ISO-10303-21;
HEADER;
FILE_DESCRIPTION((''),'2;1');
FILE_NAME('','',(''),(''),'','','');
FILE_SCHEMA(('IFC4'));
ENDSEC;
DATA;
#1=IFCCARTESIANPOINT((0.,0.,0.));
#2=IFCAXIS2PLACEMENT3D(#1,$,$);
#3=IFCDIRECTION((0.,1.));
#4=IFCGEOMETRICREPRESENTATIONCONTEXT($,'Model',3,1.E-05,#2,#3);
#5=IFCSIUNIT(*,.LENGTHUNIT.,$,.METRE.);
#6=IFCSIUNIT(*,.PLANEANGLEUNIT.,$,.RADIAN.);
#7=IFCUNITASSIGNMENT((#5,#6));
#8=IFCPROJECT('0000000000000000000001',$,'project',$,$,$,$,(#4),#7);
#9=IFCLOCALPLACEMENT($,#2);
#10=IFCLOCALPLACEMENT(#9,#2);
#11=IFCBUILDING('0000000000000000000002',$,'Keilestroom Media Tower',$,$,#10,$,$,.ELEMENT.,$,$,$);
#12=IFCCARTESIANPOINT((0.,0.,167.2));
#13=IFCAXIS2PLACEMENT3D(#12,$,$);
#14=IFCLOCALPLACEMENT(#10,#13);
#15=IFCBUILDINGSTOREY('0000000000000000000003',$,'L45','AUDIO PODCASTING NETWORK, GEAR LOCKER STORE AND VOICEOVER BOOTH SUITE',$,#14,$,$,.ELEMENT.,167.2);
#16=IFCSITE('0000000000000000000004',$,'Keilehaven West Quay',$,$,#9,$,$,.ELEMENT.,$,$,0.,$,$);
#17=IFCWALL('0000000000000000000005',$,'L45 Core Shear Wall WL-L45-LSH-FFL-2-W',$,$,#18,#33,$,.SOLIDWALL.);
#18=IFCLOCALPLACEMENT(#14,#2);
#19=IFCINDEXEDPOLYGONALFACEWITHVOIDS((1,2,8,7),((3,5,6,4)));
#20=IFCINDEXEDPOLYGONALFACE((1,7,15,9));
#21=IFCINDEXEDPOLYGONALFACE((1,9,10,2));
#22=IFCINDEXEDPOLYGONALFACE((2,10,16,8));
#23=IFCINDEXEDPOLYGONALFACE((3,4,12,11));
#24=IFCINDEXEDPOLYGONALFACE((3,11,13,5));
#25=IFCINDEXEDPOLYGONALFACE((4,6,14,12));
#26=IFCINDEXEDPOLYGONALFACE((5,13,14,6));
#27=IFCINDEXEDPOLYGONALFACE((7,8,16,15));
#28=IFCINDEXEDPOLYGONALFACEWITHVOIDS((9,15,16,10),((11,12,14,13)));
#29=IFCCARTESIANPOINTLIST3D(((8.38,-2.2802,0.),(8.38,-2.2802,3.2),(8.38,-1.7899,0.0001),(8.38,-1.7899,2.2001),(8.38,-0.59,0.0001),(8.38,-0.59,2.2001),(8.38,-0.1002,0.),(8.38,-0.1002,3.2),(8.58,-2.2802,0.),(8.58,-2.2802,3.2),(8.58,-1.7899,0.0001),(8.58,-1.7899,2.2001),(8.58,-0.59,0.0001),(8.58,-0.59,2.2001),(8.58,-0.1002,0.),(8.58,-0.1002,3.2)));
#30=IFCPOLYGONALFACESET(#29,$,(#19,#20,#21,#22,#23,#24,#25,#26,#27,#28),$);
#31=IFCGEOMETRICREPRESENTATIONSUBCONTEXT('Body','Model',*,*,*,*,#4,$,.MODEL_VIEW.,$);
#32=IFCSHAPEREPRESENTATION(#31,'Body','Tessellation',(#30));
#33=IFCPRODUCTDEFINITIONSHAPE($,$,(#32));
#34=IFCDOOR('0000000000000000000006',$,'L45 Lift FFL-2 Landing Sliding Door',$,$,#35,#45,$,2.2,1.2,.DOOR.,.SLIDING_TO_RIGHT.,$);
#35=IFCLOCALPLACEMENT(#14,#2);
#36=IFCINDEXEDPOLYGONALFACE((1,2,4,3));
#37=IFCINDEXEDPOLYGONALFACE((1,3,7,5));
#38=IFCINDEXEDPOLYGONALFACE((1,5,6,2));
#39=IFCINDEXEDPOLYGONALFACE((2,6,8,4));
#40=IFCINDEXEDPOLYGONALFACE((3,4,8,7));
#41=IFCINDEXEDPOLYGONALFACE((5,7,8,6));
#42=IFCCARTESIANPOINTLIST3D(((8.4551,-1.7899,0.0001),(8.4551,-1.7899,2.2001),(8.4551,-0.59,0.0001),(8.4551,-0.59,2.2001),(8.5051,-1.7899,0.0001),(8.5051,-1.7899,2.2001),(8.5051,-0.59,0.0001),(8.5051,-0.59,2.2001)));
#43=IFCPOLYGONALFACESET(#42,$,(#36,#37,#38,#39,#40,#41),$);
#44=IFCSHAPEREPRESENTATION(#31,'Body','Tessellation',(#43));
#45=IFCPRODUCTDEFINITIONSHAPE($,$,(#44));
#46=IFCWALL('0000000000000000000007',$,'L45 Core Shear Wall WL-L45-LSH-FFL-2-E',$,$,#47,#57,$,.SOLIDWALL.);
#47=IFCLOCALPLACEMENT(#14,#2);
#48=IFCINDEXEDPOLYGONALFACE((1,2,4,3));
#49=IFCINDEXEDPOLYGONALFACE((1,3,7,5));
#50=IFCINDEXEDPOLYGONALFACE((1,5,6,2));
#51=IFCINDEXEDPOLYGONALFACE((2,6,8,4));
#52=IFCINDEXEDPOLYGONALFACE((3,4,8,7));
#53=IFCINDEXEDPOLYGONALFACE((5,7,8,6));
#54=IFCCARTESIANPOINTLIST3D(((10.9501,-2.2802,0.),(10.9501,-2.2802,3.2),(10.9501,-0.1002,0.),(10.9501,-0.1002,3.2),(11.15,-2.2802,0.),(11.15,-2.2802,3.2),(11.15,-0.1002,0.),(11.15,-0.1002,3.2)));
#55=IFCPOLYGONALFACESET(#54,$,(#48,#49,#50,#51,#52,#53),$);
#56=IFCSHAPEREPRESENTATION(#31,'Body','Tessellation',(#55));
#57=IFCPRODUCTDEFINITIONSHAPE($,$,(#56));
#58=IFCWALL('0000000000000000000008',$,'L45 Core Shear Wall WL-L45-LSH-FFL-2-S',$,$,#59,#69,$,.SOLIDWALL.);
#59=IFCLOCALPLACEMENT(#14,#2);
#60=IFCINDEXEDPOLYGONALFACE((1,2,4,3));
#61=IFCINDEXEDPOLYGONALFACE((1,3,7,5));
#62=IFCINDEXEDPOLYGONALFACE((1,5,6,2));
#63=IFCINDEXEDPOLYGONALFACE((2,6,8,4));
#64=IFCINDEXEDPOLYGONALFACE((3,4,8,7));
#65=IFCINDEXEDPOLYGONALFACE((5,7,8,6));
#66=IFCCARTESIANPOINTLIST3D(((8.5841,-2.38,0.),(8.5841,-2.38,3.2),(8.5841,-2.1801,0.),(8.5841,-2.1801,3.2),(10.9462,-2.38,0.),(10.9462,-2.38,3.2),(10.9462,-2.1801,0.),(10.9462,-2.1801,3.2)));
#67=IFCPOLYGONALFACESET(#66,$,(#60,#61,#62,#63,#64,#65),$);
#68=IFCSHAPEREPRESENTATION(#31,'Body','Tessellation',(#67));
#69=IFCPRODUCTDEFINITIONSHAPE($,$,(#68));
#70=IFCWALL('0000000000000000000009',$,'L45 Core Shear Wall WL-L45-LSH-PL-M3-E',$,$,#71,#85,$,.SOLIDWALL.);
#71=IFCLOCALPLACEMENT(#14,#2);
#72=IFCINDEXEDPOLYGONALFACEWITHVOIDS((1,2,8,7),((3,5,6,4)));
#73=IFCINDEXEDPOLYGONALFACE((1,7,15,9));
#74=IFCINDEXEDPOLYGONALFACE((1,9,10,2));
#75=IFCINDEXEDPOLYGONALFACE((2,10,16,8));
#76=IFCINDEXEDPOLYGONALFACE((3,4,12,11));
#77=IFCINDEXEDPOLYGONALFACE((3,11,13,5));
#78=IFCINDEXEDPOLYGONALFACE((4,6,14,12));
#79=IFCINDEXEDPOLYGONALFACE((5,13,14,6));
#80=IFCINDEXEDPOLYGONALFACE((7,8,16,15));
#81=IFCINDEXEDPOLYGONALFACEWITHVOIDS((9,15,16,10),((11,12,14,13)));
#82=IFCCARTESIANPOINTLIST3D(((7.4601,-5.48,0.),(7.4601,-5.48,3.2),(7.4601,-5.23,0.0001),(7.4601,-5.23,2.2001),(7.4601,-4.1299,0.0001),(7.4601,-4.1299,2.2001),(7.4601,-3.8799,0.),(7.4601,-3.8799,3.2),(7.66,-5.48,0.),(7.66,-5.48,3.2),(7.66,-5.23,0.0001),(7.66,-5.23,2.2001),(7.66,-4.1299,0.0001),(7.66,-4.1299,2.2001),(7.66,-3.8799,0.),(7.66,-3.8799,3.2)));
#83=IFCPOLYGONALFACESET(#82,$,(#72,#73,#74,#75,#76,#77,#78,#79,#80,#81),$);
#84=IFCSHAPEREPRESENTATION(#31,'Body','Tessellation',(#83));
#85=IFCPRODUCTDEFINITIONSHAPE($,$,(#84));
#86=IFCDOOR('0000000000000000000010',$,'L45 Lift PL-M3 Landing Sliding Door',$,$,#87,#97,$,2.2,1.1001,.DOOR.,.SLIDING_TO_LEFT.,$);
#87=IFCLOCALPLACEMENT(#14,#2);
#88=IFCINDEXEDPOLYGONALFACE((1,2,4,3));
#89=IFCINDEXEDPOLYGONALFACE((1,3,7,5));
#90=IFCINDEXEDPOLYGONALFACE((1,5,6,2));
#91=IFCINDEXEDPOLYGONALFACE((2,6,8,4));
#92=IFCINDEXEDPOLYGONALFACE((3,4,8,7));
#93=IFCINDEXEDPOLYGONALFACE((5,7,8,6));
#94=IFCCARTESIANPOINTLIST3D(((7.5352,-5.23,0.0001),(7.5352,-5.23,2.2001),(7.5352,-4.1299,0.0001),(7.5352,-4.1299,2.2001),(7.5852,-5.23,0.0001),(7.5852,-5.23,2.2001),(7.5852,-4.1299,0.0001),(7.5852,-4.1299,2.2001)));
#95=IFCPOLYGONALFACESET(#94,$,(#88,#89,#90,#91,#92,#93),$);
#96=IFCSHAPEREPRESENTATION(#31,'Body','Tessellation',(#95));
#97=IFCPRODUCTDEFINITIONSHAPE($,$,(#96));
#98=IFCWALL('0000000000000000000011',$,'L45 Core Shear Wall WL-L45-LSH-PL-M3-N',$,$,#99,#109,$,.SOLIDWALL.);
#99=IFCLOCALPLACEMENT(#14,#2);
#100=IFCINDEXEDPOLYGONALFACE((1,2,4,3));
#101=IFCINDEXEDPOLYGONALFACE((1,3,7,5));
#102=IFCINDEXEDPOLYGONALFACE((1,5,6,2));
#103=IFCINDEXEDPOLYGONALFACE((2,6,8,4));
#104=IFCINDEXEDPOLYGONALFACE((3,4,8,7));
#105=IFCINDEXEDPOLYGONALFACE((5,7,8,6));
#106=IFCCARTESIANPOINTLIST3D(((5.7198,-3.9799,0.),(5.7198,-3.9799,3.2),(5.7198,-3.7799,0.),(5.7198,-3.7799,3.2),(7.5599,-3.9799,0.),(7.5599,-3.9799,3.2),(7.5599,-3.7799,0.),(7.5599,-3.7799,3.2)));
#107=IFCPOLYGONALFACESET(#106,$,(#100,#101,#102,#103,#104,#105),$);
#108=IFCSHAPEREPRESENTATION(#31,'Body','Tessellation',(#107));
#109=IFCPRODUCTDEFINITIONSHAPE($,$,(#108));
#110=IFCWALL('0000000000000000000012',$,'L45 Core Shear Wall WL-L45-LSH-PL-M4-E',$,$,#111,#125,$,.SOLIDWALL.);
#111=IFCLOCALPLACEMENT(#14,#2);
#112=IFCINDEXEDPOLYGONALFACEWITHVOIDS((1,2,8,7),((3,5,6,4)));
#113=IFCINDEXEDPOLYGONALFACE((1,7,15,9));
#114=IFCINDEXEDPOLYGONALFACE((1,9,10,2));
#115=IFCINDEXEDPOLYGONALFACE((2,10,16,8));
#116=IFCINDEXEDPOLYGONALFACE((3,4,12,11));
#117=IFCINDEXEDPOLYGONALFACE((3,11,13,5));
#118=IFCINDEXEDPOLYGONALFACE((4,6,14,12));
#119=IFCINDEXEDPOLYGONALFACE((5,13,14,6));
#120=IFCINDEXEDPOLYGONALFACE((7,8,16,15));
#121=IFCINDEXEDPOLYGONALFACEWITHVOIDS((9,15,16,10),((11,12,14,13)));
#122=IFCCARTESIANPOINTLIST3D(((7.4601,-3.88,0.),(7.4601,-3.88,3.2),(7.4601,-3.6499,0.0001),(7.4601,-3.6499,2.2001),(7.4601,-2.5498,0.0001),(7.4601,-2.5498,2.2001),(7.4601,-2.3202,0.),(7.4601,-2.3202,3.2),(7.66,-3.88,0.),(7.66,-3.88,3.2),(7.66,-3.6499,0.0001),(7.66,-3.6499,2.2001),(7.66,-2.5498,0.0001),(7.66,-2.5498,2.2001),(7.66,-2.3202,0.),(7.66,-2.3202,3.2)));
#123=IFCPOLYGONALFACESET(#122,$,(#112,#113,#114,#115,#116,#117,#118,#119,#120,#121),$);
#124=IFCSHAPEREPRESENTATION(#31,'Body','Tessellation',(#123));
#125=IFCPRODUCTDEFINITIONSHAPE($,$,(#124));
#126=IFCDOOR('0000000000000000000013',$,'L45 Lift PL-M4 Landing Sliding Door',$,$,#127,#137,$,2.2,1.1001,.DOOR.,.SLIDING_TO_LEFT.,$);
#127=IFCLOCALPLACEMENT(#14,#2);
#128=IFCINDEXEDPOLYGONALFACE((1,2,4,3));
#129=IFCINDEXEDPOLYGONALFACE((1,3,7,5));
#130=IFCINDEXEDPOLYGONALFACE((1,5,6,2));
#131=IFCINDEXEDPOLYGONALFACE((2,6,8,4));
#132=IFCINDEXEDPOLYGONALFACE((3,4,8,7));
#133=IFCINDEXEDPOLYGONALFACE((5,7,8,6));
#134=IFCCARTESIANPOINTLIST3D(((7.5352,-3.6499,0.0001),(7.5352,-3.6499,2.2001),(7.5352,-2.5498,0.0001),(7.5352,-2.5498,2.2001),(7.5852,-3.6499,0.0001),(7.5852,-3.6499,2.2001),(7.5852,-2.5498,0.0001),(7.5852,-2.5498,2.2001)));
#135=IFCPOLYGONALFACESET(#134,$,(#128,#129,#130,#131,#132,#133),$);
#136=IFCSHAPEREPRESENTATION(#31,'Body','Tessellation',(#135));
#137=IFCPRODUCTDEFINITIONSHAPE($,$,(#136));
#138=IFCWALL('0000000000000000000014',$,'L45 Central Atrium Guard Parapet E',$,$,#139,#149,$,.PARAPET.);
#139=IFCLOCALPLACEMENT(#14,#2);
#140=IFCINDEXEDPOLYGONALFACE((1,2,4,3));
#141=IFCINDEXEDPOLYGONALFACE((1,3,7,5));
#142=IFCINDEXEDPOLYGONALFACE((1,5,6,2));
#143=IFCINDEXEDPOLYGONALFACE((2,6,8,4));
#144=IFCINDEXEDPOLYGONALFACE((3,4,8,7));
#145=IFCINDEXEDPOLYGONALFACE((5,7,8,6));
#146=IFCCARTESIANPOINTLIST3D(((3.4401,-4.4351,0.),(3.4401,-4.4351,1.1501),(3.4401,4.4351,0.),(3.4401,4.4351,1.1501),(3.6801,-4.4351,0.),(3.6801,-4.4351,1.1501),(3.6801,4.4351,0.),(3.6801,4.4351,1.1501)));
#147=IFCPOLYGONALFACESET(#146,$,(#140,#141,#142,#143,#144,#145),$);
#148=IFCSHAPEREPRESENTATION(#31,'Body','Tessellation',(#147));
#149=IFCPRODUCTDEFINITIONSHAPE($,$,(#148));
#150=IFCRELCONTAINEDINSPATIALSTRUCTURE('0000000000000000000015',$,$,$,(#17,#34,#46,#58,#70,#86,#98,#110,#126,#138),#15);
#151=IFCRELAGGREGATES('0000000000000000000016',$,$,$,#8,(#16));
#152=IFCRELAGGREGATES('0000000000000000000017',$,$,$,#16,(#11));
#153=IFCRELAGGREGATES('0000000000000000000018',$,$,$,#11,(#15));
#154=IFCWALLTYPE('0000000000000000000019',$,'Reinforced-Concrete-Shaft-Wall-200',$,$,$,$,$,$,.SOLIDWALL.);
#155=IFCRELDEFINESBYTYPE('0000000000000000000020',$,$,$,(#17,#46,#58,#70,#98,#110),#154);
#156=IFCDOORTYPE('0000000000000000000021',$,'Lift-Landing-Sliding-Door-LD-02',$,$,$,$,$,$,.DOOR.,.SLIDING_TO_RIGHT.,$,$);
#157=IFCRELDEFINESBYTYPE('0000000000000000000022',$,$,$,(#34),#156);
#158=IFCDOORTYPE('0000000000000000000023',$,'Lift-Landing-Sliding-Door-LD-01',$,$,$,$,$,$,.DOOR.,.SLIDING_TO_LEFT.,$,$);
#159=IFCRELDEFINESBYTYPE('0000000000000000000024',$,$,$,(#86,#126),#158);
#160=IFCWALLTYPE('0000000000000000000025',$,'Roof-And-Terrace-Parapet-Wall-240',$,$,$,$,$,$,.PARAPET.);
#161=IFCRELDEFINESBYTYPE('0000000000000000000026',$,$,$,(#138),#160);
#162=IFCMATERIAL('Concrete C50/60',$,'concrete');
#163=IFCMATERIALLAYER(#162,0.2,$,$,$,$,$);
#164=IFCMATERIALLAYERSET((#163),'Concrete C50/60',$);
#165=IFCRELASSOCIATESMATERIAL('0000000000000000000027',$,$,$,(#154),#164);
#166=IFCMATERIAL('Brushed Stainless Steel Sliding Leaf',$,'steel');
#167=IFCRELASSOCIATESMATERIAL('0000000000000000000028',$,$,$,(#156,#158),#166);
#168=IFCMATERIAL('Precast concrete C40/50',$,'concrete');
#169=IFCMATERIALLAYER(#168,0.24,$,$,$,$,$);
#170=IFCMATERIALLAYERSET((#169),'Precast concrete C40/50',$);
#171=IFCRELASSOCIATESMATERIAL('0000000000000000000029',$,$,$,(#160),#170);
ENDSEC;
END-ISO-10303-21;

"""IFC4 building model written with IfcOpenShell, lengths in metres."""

from ifc_helpers import new_model, si_unit, direction, frame, frame_2d, origin, place, context, subcontext, project, spatial, rectangle, extrude, source, transform, mapped, material, layer, layer_set, type_object, element, fill, save


model = new_model("IFC4")

# Units and contexts
model_context = context("Model", 3, precision=1e-05, world=origin(), true_north=direction((0.0, 1.0)))
body_context = subcontext(model_context, "Body", "Model", "MODEL_VIEW")
ifc_project = project(units=[si_unit("LENGTHUNIT", "METRE"), si_unit("PLANEANGLEUNIT", "RADIAN")], contexts=[model_context])

# Site, building, storey
site_placement = place(None, origin())
site = spatial("IfcSite", under=ifc_project, at=site_placement, Name="Keilehaven West Quay", CompositionType="ELEMENT", RefElevation=0.0)
building_placement = place(site_placement, origin())
building = spatial("IfcBuilding", under=site, at=building_placement, Name="Keilestroom Media Tower", CompositionType="ELEMENT")
storey_placement = place(building_placement, frame((0.0, 0.0, 167.2)))
storey = spatial("IfcBuildingStorey", under=building, at=storey_placement, Name="L45", Description="AUDIO PODCASTING NETWORK, GEAR LOCKER STORE AND VOICEOVER BOOTH SUITE", CompositionType="ELEMENT", Elevation=167.2)

# Shared definitions
shared_shape_1 = source(origin(), body_context, "Body", "SweptSolid", [
    extrude(rectangle(XDim=1.2, YDim=2.2, at=frame_2d((0.6001, 1.1001))), frame((0.0, 0.0249, 0.0), z_axis=(0.0, -1.0, 0.0), x_axis=(1.0, 0.0, 0.0)), (0.0, 0.0, 1.0), 0.05),
])

# Shared definitions
ifc_material_1 = material(Name="Concrete C50/60", Category="concrete")
ifc_layer_1 = layer(ifc_material_1, 0.2)
ifc_layer_set_1 = layer_set([ifc_layer_1], Name="Concrete C50/60")
wall_type_1 = type_object("IfcWallType", Name="Reinforced-Concrete-Shaft-Wall-200", PredefinedType="SOLIDWALL", material=ifc_layer_set_1)

# Wall, opening, door
wall_1_placement = place(storey_placement, frame((8.48, -2.28, 0.0), z_axis=(0.0, 0.0, 1.0), x_axis=(0.0, 1.0, 0.0)))
wall_1 = element("IfcWall", 1, at=wall_1_placement, inside=storey, type_object=wall_type_1, Name="L45 Core Shear Wall WL-L45-LSH-FFL-2-W", PredefinedType="SOLIDWALL", context=body_context, shape_type="SweptSolid", body=[
    extrude(rectangle(XDim=2.1799, YDim=0.2, at=frame_2d((1.0898, 0.0))), origin(), (0.0, 0.0, 1.0), 3.2),
])
opening_1_placement = place(wall_1_placement, frame((0.49, 0.0, 0.0)))
opening_1 = element("IfcOpeningElement", 2, at=opening_1_placement, cuts=wall_1, PredefinedType="OPENING", context=body_context, shape_type="SweptSolid", body=[
    extrude(rectangle(XDim=1.2, YDim=2.2, at=frame_2d((0.6001, 1.1001))), frame((0.0, 0.1099, 0.0), z_axis=(0.0, -1.0, 0.0), x_axis=(1.0, 0.0, 0.0)), (0.0, 0.0, 1.0), 0.22),
])
ifc_material_2 = material(Name="Brushed Stainless Steel Sliding Leaf", Category="steel")
door_type_1 = type_object("IfcDoorType", Name="Lift-Landing-Sliding-Door-LD-02", OperationType="SLIDING_TO_RIGHT", PredefinedType="DOOR", material=ifc_material_2)
door_1_placement = place(opening_1_placement, origin())
door_1 = element("IfcDoor", 3, at=door_1_placement, inside=storey, type_object=door_type_1, Name="L45 Lift FFL-2 Landing Sliding Door", OperationType="SLIDING_TO_RIGHT", OverallHeight=2.2, OverallWidth=1.2, PredefinedType="DOOR", context=body_context, shape_type="MappedRepresentation", body=[
    mapped(shared_shape_1, transform((0.0, 0.0, 0.0), x_axis=(1.0, 0.0, 0.0), y_axis=(0.0, 1.0, 0.0), z_axis=(0.0, 0.0, 1.0), scale=1.0)),
])
fill(opening_1, door_1)

# Walls
wall_2_placement = place(storey_placement, frame((11.05, -2.28, 0.0), z_axis=(0.0, 0.0, 1.0), x_axis=(0.0, 1.0, 0.0)))
element("IfcWall", 4, at=wall_2_placement, inside=storey, type_object=wall_type_1, Name="L45 Core Shear Wall WL-L45-LSH-FFL-2-E", PredefinedType="SOLIDWALL", context=body_context, shape_type="SweptSolid", body=[
    extrude(rectangle(XDim=2.1799, YDim=0.2, at=frame_2d((1.0898, 0.0))), origin(), (0.0, 0.0, 1.0), 3.2),
])
wall_3_placement = place(storey_placement, frame((8.584, -2.28, 0.0), z_axis=(0.0, 0.0, 1.0), x_axis=(1.0, 0.0, 0.0)))
element("IfcWall", 5, at=wall_3_placement, inside=storey, type_object=wall_type_1, Name="L45 Core Shear Wall WL-L45-LSH-FFL-2-S", PredefinedType="SOLIDWALL", context=body_context, shape_type="SweptSolid", body=[
    extrude(rectangle(XDim=2.3621, YDim=0.2, at=frame_2d((1.1812, 0.0))), origin(), (0.0, 0.0, 1.0), 3.2),
])

# Wall, opening, door
wall_4_placement = place(storey_placement, frame((7.5601, -5.48, 0.0), z_axis=(0.0, 0.0, 1.0), x_axis=(0.0, 1.0, 0.0)))
wall_4 = element("IfcWall", 6, at=wall_4_placement, inside=storey, type_object=wall_type_1, Name="L45 Core Shear Wall WL-L45-LSH-PL-M3-E", PredefinedType="SOLIDWALL", context=body_context, shape_type="SweptSolid", body=[
    extrude(rectangle(XDim=1.6001, YDim=0.2, at=frame_2d((0.8, 0.0))), origin(), (0.0, 0.0, 1.0), 3.2),
])
opening_2_placement = place(wall_4_placement, frame((0.25, 0.0, 0.0)))
opening_2 = element("IfcOpeningElement", 7, at=opening_2_placement, cuts=wall_4, PredefinedType="OPENING", context=body_context, shape_type="SweptSolid", body=[
    extrude(rectangle(XDim=1.1001, YDim=2.2, at=frame_2d((0.55, 1.1001))), frame((0.0, 0.1099, 0.0), z_axis=(0.0, -1.0, 0.0), x_axis=(1.0, 0.0, 0.0)), (0.0, 0.0, 1.0), 0.22),
])
door_type_2 = type_object("IfcDoorType", Name="Lift-Landing-Sliding-Door-LD-01", OperationType="SLIDING_TO_LEFT", PredefinedType="DOOR", material=ifc_material_2)
shared_shape_2 = source(origin(), body_context, "Body", "SweptSolid", [
    extrude(rectangle(XDim=1.1001, YDim=2.2, at=frame_2d((0.55, 1.1001))), frame((0.0, 0.0249, 0.0), z_axis=(0.0, -1.0, 0.0), x_axis=(1.0, 0.0, 0.0)), (0.0, 0.0, 1.0), 0.05),
])
door_2_placement = place(opening_2_placement, origin())
door_2 = element("IfcDoor", 8, at=door_2_placement, inside=storey, type_object=door_type_2, Name="L45 Lift PL-M3 Landing Sliding Door", OperationType="SLIDING_TO_LEFT", OverallHeight=2.2, OverallWidth=1.1001, PredefinedType="DOOR", context=body_context, shape_type="MappedRepresentation", body=[
    mapped(shared_shape_2, transform((0.0, 0.0, 0.0), x_axis=(1.0, 0.0, 0.0), y_axis=(0.0, 1.0, 0.0), z_axis=(0.0, 0.0, 1.0), scale=1.0)),
])
fill(opening_2, door_2)

# Wall
wall_5_placement = place(storey_placement, frame((5.72, -3.8799, 0.0), z_axis=(0.0, 0.0, 1.0), x_axis=(1.0, 0.0, 0.0)))
element("IfcWall", 9, at=wall_5_placement, inside=storey, type_object=wall_type_1, Name="L45 Core Shear Wall WL-L45-LSH-PL-M3-N", PredefinedType="SOLIDWALL", context=body_context, shape_type="SweptSolid", body=[
    extrude(rectangle(XDim=1.8401, YDim=0.2, at=frame_2d((0.9199, 0.0))), origin(), (0.0, 0.0, 1.0), 3.2),
])

# Wall, opening, door
wall_6_placement = place(storey_placement, frame((7.5601, -3.8799, 0.0), z_axis=(0.0, 0.0, 1.0), x_axis=(0.0, 1.0, 0.0)))
wall_6 = element("IfcWall", 10, at=wall_6_placement, inside=storey, type_object=wall_type_1, Name="L45 Core Shear Wall WL-L45-LSH-PL-M4-E", PredefinedType="SOLIDWALL", context=body_context, shape_type="SweptSolid", body=[
    extrude(rectangle(XDim=1.5598, YDim=0.2, at=frame_2d((0.7798, 0.0))), origin(), (0.0, 0.0, 1.0), 3.2),
])
opening_3_placement = place(wall_6_placement, frame((0.23, 0.0, 0.0)))
opening_3 = element("IfcOpeningElement", 11, at=opening_3_placement, cuts=wall_6, PredefinedType="OPENING", context=body_context, shape_type="SweptSolid", body=[
    extrude(rectangle(XDim=1.1001, YDim=2.2, at=frame_2d((0.55, 1.1001))), frame((0.0, 0.1099, 0.0), z_axis=(0.0, -1.0, 0.0), x_axis=(1.0, 0.0, 0.0)), (0.0, 0.0, 1.0), 0.22),
])
door_3_placement = place(opening_3_placement, origin())
door_3 = element("IfcDoor", 12, at=door_3_placement, inside=storey, type_object=door_type_2, Name="L45 Lift PL-M4 Landing Sliding Door", OperationType="SLIDING_TO_LEFT", OverallHeight=2.2, OverallWidth=1.1001, PredefinedType="DOOR", context=body_context, shape_type="MappedRepresentation", body=[
    mapped(shared_shape_2, transform((0.0, 0.0, 0.0), x_axis=(1.0, 0.0, 0.0), y_axis=(0.0, 1.0, 0.0), z_axis=(0.0, 0.0, 1.0), scale=1.0)),
])
fill(opening_3, door_3)

# Wall
ifc_material_3 = material(Name="Precast concrete C40/50", Category="concrete")
ifc_layer_2 = layer(ifc_material_3, 0.24)
ifc_layer_set_2 = layer_set([ifc_layer_2], Name="Precast concrete C40/50")
wall_type_2 = type_object("IfcWallType", Name="Roof-And-Terrace-Parapet-Wall-240", PredefinedType="PARAPET", material=ifc_layer_set_2)
wall_7_placement = place(storey_placement, frame((3.5601, -4.4351, 0.0), z_axis=(0.0, 0.0, 1.0), x_axis=(0.0, 1.0, 0.0)))
element("IfcWall", 13, at=wall_7_placement, inside=storey, type_object=wall_type_2, Name="L45 Central Atrium Guard Parapet E", PredefinedType="PARAPET", context=body_context, shape_type="SweptSolid", body=[
    extrude(rectangle(XDim=8.8701, YDim=0.24, at=frame_2d((4.4351, 0.0))), origin(), (0.0, 0.0, 1.0), 1.1501),
])

save(model, "model.ifc")
